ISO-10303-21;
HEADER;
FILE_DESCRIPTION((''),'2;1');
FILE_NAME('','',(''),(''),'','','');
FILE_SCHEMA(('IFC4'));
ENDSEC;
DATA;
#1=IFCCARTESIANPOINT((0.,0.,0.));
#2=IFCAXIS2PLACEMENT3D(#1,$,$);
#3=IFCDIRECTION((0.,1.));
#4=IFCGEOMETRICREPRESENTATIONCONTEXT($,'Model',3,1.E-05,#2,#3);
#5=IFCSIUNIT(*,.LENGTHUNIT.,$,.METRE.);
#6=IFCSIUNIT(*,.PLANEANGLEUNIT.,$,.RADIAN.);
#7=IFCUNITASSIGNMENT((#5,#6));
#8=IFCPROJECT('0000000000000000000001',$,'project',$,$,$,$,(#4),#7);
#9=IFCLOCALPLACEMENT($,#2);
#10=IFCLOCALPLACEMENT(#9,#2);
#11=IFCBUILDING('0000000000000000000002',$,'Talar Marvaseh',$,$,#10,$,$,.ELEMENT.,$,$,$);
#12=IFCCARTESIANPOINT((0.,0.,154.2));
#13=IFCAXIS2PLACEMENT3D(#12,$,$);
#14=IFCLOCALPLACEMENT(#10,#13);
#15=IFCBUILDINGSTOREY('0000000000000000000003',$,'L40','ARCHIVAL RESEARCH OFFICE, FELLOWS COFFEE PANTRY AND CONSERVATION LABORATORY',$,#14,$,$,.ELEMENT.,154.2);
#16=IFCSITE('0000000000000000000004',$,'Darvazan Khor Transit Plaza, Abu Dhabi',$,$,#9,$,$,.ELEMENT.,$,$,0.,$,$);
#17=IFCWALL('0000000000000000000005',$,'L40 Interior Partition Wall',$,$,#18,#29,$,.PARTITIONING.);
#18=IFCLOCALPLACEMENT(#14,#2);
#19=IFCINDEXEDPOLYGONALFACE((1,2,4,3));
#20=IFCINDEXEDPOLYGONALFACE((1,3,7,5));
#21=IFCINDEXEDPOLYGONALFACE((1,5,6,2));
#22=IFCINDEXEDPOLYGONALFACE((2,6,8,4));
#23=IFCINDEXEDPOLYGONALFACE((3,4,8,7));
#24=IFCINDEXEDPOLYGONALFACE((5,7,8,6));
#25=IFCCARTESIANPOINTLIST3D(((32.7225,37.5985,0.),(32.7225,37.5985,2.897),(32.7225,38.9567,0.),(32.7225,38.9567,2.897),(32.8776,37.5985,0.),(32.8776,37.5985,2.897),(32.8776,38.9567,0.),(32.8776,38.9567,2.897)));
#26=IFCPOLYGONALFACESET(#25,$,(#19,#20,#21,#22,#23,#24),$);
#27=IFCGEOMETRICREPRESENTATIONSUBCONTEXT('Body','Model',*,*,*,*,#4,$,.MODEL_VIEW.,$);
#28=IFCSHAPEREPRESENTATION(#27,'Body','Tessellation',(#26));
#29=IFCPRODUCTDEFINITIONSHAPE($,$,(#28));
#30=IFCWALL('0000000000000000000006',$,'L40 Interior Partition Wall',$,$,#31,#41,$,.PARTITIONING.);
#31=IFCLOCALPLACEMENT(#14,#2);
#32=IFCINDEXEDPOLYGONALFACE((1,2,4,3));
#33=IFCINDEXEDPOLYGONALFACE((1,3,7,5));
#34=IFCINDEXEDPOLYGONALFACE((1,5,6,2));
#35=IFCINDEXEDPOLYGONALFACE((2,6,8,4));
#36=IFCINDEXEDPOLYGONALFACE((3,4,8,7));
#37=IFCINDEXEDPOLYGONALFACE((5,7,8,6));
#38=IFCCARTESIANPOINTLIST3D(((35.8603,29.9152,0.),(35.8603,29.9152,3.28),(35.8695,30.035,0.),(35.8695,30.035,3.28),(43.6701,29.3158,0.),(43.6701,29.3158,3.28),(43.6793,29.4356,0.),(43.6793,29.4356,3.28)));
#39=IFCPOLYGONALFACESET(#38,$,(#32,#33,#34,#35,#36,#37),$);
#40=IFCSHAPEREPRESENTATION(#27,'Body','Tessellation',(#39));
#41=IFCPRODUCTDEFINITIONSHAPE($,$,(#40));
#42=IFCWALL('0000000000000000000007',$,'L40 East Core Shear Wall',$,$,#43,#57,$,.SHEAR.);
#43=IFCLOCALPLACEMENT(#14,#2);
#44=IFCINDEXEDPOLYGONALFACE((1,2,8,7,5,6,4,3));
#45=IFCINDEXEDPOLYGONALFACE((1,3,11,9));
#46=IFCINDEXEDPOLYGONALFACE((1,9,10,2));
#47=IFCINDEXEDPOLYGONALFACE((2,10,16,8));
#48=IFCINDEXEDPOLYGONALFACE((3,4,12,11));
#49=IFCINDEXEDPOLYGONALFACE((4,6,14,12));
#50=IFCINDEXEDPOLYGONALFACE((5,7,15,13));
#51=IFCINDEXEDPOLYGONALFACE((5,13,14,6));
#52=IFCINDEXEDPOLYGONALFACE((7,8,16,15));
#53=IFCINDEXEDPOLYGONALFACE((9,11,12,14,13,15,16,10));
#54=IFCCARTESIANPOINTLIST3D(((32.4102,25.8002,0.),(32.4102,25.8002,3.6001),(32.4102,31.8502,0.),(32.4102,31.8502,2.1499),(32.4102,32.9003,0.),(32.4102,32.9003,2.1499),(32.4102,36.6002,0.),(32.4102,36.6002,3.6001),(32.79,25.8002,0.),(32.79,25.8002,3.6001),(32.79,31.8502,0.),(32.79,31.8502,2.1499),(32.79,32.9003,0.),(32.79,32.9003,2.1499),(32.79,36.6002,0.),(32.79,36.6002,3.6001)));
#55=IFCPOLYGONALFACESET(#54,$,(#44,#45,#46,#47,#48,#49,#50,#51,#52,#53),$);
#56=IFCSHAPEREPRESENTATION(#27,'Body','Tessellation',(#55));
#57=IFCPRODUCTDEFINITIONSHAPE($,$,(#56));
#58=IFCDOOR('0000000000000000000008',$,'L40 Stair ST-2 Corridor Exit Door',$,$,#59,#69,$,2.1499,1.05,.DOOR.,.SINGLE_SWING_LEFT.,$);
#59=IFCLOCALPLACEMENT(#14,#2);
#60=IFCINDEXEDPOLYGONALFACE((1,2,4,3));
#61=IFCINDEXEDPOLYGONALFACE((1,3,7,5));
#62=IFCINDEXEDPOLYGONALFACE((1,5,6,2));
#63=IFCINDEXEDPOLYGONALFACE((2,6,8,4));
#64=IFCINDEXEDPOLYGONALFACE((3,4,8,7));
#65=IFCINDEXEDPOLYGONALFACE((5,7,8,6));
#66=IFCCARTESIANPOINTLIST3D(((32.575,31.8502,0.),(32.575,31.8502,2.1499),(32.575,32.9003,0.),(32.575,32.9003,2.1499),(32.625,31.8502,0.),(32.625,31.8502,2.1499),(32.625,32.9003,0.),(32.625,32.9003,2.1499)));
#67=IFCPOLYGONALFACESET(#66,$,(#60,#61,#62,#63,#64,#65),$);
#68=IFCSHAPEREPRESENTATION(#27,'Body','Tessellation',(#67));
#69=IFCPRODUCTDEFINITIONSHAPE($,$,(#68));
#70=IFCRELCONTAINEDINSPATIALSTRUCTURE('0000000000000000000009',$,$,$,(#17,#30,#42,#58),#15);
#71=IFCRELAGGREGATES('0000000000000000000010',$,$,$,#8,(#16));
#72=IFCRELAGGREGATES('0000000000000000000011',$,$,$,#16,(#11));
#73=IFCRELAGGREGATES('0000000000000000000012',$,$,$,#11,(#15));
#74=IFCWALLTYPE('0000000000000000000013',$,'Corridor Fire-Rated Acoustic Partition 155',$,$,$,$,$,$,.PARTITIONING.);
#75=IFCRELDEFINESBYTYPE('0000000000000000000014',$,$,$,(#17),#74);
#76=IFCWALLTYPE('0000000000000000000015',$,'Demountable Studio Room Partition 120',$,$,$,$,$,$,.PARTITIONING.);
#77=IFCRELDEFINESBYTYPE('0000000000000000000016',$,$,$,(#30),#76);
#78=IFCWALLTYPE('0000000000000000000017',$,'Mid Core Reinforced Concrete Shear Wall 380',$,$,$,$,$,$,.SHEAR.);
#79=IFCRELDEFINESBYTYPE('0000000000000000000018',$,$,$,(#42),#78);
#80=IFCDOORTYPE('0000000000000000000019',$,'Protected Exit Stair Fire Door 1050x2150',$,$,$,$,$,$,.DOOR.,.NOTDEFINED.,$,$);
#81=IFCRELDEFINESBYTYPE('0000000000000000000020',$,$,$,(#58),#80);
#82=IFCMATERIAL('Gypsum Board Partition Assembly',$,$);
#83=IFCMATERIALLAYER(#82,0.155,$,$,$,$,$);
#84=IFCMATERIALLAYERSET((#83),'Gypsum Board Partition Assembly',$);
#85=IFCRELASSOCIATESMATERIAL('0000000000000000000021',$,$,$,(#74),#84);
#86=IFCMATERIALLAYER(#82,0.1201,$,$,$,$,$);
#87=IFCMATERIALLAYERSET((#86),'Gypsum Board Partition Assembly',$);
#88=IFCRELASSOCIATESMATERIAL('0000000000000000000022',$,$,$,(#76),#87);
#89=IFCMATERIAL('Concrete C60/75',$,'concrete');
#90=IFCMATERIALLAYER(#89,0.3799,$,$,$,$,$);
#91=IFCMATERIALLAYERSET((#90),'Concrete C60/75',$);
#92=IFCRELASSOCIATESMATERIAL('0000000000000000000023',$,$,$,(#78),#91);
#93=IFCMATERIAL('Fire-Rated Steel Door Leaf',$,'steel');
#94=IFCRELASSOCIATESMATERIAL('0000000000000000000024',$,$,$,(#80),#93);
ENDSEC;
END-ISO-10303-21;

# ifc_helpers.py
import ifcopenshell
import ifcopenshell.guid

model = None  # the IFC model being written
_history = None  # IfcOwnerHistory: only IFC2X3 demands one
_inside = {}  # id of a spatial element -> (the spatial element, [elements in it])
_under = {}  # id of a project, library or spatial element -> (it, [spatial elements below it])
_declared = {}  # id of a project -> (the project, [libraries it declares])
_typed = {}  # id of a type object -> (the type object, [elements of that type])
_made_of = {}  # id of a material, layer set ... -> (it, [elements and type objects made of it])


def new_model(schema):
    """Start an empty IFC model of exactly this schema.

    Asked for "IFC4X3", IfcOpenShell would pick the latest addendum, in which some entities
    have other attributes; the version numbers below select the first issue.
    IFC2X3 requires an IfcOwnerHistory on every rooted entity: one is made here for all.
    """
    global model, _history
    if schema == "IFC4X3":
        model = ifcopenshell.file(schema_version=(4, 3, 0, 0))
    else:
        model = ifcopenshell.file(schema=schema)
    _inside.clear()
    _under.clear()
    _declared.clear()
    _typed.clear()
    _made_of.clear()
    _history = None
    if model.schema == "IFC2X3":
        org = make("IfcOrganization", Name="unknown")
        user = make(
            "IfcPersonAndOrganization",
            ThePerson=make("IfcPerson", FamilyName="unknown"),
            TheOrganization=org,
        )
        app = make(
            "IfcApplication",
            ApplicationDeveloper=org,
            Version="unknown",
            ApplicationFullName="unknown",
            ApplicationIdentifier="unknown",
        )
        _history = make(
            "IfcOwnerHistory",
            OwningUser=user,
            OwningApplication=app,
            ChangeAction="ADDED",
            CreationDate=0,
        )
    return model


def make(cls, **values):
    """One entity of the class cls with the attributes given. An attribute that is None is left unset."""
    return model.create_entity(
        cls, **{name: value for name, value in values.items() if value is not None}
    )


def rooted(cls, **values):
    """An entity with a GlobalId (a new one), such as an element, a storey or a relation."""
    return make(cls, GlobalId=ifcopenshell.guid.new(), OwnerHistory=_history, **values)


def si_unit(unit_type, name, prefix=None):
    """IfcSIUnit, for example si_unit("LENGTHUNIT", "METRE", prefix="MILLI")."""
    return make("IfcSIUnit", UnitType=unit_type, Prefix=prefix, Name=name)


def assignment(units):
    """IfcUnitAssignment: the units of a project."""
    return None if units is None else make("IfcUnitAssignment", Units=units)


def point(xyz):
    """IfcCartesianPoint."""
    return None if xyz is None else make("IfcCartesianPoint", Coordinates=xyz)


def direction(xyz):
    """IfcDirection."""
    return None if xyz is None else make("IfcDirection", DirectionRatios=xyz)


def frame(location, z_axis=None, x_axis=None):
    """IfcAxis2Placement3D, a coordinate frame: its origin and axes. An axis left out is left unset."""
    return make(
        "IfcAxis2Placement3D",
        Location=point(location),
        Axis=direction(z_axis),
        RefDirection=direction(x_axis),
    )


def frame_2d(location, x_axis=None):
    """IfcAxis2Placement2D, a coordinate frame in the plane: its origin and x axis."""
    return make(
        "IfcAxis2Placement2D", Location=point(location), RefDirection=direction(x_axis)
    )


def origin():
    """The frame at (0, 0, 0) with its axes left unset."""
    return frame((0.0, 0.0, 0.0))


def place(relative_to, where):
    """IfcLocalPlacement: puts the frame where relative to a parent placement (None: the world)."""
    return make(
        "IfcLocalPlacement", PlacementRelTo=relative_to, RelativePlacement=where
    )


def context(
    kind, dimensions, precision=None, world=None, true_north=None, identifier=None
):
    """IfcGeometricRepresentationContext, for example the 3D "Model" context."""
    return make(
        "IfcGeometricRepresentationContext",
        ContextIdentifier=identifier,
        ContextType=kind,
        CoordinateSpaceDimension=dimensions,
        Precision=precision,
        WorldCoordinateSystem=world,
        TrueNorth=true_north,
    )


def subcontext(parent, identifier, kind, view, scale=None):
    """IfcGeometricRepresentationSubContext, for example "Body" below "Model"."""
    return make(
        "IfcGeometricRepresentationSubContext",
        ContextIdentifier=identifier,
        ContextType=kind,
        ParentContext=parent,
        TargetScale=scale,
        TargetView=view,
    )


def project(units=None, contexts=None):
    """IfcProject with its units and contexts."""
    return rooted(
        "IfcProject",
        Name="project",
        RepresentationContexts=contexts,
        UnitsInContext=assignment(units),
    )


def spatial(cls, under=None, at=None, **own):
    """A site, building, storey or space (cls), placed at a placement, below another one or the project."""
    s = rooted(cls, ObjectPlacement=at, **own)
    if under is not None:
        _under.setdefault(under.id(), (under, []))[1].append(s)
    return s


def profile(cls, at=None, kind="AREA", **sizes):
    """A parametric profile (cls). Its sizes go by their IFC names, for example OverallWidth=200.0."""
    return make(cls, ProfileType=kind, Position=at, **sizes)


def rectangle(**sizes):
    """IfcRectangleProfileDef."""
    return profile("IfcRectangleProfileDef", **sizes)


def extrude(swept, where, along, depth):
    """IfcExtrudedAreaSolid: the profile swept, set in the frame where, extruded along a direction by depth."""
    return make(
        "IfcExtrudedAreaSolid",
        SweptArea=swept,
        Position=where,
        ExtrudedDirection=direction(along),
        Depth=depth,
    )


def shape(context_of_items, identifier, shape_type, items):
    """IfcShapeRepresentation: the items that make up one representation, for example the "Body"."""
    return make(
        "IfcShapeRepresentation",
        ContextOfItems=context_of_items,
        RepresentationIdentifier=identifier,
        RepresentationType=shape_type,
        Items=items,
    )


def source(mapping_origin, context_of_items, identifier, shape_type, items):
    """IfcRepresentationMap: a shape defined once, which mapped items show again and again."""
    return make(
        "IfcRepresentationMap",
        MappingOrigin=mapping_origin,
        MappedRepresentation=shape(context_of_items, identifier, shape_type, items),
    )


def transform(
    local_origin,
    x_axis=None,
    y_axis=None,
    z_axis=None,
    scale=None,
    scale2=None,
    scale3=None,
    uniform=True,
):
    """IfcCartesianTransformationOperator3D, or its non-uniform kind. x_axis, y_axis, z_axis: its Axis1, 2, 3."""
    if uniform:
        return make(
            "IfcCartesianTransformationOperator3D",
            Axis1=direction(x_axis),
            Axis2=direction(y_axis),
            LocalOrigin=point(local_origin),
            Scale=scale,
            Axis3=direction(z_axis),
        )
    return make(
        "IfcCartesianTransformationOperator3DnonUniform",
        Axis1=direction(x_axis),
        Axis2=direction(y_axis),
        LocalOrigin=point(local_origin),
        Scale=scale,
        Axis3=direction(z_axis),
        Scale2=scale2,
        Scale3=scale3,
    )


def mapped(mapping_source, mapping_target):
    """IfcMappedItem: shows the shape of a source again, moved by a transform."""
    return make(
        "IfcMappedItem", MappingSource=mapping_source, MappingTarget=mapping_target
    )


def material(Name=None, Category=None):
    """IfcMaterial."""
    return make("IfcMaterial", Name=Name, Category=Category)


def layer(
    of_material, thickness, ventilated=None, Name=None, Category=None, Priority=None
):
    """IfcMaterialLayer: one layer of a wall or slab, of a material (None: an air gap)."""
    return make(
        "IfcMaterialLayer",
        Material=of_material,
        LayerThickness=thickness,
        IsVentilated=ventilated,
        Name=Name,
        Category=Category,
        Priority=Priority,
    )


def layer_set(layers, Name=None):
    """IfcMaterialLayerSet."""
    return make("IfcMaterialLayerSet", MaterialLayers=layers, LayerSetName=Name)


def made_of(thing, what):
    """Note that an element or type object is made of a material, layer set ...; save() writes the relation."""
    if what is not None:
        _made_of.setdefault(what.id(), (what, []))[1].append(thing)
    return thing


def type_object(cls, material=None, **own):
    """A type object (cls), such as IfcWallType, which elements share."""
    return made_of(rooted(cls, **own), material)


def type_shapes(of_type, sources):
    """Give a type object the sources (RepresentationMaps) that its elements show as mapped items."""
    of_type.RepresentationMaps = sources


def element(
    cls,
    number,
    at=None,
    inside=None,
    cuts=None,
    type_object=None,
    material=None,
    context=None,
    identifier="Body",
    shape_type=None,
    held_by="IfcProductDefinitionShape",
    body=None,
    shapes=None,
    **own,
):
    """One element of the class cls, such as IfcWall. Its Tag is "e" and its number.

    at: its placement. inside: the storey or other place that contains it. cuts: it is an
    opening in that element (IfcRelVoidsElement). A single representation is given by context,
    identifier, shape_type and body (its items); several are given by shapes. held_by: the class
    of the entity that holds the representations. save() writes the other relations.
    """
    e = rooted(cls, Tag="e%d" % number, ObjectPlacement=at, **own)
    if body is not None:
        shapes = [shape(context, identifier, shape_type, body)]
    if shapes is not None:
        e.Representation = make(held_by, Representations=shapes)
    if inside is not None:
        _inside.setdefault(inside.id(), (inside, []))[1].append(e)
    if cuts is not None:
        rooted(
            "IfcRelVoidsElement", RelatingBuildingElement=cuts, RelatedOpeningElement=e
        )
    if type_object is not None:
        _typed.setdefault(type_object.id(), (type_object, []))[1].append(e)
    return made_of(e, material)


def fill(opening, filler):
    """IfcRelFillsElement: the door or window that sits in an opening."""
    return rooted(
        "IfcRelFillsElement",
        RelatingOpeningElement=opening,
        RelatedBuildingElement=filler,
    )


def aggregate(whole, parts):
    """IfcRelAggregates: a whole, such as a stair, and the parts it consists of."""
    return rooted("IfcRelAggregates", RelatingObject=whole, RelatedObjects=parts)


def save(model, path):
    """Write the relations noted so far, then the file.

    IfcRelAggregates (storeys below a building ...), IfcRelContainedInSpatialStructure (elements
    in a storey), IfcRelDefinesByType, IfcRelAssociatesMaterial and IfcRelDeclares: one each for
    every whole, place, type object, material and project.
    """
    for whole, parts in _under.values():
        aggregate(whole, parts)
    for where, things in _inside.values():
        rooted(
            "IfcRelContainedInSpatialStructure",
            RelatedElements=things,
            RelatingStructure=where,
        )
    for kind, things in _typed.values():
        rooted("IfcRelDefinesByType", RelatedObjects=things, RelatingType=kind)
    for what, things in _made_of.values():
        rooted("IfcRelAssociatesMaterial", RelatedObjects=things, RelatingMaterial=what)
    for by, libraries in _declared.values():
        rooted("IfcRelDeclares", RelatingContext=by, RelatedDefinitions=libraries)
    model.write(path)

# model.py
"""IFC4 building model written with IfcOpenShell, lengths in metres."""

from ifc_helpers import new_model, si_unit, direction, frame, frame_2d, origin, place, context, subcontext, project, spatial, rectangle, extrude, source, transform, mapped, material, layer, layer_set, type_object, type_shapes, element, fill, save


model = new_model("IFC4")

# Units and contexts
model_context = context("Model", 3, precision=1e-05, world=origin(), true_north=direction((0.0, 1.0)))
body_context = subcontext(model_context, "Body", "Model", "MODEL_VIEW")
ifc_project = project(units=[si_unit("LENGTHUNIT", "METRE"), si_unit("PLANEANGLEUNIT", "RADIAN")], contexts=[model_context])

# Site, building, storey
site_placement = place(None, origin())
site = spatial("IfcSite", under=ifc_project, at=site_placement, Name="Darvazan Khor Transit Plaza, Abu Dhabi", CompositionType="ELEMENT", RefElevation=0.0)
building_placement = place(site_placement, origin())
building = spatial("IfcBuilding", under=site, at=building_placement, Name="Talar Marvaseh", CompositionType="ELEMENT")
storey_placement = place(building_placement, frame((0.0, 0.0, 154.2)))
storey = spatial("IfcBuildingStorey", under=building, at=storey_placement, Name="L40", Description="ARCHIVAL RESEARCH OFFICE, FELLOWS COFFEE PANTRY AND CONSERVATION LABORATORY", CompositionType="ELEMENT", Elevation=154.2)

# Shared definitions
ifc_material_1 = material(Name="Concrete C60/75", Category="concrete")

# Walls
ifc_material_2 = material(Name="Gypsum Board Partition Assembly")
ifc_layer_1 = layer(ifc_material_2, 0.155)
ifc_layer_set_1 = layer_set([ifc_layer_1], Name="Gypsum Board Partition Assembly")
wall_type_1 = type_object("IfcWallType", Name="Corridor Fire-Rated Acoustic Partition 155", PredefinedType="PARTITIONING", material=ifc_layer_set_1)
wall_1_placement = place(storey_placement, frame((32.8, 37.5984, 0.0), z_axis=(0.0, 0.0, 1.0), x_axis=(0.0, 1.0, 0.0)))
element("IfcWall", 1, at=wall_1_placement, inside=storey, type_object=wall_type_1, Name="L40 Interior Partition Wall", PredefinedType="PARTITIONING", context=body_context, shape_type="SweptSolid", body=[
    extrude(rectangle(XDim=1.3582, YDim=0.155, at=frame_2d((0.6792, 0.0))), origin(), (0.0, 0.0, 1.0), 2.897),
])
ifc_layer_2 = layer(ifc_material_2, 0.1201)
ifc_layer_set_2 = layer_set([ifc_layer_2], Name="Gypsum Board Partition Assembly")
wall_type_2 = type_object("IfcWallType", Name="Demountable Studio Room Partition 120", PredefinedType="PARTITIONING", material=ifc_layer_set_2)
wall_2_placement = place(storey_placement, frame((35.8647, 29.9751, 0.0), z_axis=(0.0, 0.0, 1.0), x_axis=(0.997068, -0.07652, 0.0)))
element("IfcWall", 2, at=wall_2_placement, inside=storey, type_object=wall_type_2, Name="L40 Interior Partition Wall", PredefinedType="PARTITIONING", context=body_context, shape_type="SweptSolid", body=[
    extrude(rectangle(XDim=7.8328, YDim=0.1201, at=frame_2d((3.9165, 0.0))), origin(), (0.0, 0.0, 1.0), 3.28),
])

# Wall, opening, door
ifc_layer_3 = layer(ifc_material_1, 0.3799)
ifc_layer_set_3 = layer_set([ifc_layer_3], Name="Concrete C60/75")
wall_type_3 = type_object("IfcWallType", Name="Mid Core Reinforced Concrete Shear Wall 380", PredefinedType="SHEAR", material=ifc_layer_set_3)
wall_3_placement = place(storey_placement, frame((32.6001, 36.6001, 0.0), z_axis=(0.0, 0.0, 1.0), x_axis=(0.0, -1.0, 0.0)))
wall_3 = element("IfcWall", 3, at=wall_3_placement, inside=storey, type_object=wall_type_3, Name="L40 East Core Shear Wall", PredefinedType="SHEAR", context=body_context, shape_type="SweptSolid", body=[
    extrude(rectangle(XDim=10.8, YDim=0.3799, at=frame_2d((5.3999, 0.0))), origin(), (0.0, 0.0, 1.0), 3.6001),
])
opening_1_placement = place(wall_3_placement, frame((3.7, 0.0, 0.0)))
opening_1 = element("IfcOpeningElement", 4, at=opening_1_placement, cuts=wall_3, PredefinedType="OPENING", context=body_context, shape_type="SweptSolid", body=[
    extrude(rectangle(XDim=1.05, YDim=2.1499, at=frame_2d((0.5249, 1.075))), frame((0.0, 0.2, 0.0), z_axis=(0.0, -1.0, 0.0), x_axis=(1.0, 0.0, 0.0)), (0.0, 0.0, 1.0), 0.3999),
])
ifc_material_3 = material(Name="Fire-Rated Steel Door Leaf", Category="steel")
door_type = type_object("IfcDoorType", Name="Protected Exit Stair Fire Door 1050x2150", OperationType="NOTDEFINED", PredefinedType="DOOR", material=ifc_material_3)
shared_shape_1 = source(origin(), body_context, "Body", "SweptSolid", [
    extrude(rectangle(XDim=1.05, YDim=2.1499, at=frame_2d((0.5249, 1.075))), frame((0.0, 0.0249, 0.0), z_axis=(0.0, -1.0, 0.0), x_axis=(1.0, 0.0, 0.0)), (0.0, 0.0, 1.0), 0.05),
])
type_shapes(door_type, [shared_shape_1])
door_placement = place(opening_1_placement, origin())
door = element("IfcDoor", 5, at=door_placement, inside=storey, type_object=door_type, Name="L40 Stair ST-2 Corridor Exit Door", OperationType="SINGLE_SWING_LEFT", OverallHeight=2.1499, OverallWidth=1.05, PredefinedType="DOOR", context=body_context, shape_type="MappedRepresentation", body=[
    mapped(shared_shape_1, transform((0.0, 0.0, 0.0), x_axis=(1.0, 0.0, 0.0), y_axis=(0.0, 1.0, 0.0), z_axis=(0.0, 0.0, 1.0), scale=1.0)),
])
fill(opening_1, door)

save(model, "model.ifc")
